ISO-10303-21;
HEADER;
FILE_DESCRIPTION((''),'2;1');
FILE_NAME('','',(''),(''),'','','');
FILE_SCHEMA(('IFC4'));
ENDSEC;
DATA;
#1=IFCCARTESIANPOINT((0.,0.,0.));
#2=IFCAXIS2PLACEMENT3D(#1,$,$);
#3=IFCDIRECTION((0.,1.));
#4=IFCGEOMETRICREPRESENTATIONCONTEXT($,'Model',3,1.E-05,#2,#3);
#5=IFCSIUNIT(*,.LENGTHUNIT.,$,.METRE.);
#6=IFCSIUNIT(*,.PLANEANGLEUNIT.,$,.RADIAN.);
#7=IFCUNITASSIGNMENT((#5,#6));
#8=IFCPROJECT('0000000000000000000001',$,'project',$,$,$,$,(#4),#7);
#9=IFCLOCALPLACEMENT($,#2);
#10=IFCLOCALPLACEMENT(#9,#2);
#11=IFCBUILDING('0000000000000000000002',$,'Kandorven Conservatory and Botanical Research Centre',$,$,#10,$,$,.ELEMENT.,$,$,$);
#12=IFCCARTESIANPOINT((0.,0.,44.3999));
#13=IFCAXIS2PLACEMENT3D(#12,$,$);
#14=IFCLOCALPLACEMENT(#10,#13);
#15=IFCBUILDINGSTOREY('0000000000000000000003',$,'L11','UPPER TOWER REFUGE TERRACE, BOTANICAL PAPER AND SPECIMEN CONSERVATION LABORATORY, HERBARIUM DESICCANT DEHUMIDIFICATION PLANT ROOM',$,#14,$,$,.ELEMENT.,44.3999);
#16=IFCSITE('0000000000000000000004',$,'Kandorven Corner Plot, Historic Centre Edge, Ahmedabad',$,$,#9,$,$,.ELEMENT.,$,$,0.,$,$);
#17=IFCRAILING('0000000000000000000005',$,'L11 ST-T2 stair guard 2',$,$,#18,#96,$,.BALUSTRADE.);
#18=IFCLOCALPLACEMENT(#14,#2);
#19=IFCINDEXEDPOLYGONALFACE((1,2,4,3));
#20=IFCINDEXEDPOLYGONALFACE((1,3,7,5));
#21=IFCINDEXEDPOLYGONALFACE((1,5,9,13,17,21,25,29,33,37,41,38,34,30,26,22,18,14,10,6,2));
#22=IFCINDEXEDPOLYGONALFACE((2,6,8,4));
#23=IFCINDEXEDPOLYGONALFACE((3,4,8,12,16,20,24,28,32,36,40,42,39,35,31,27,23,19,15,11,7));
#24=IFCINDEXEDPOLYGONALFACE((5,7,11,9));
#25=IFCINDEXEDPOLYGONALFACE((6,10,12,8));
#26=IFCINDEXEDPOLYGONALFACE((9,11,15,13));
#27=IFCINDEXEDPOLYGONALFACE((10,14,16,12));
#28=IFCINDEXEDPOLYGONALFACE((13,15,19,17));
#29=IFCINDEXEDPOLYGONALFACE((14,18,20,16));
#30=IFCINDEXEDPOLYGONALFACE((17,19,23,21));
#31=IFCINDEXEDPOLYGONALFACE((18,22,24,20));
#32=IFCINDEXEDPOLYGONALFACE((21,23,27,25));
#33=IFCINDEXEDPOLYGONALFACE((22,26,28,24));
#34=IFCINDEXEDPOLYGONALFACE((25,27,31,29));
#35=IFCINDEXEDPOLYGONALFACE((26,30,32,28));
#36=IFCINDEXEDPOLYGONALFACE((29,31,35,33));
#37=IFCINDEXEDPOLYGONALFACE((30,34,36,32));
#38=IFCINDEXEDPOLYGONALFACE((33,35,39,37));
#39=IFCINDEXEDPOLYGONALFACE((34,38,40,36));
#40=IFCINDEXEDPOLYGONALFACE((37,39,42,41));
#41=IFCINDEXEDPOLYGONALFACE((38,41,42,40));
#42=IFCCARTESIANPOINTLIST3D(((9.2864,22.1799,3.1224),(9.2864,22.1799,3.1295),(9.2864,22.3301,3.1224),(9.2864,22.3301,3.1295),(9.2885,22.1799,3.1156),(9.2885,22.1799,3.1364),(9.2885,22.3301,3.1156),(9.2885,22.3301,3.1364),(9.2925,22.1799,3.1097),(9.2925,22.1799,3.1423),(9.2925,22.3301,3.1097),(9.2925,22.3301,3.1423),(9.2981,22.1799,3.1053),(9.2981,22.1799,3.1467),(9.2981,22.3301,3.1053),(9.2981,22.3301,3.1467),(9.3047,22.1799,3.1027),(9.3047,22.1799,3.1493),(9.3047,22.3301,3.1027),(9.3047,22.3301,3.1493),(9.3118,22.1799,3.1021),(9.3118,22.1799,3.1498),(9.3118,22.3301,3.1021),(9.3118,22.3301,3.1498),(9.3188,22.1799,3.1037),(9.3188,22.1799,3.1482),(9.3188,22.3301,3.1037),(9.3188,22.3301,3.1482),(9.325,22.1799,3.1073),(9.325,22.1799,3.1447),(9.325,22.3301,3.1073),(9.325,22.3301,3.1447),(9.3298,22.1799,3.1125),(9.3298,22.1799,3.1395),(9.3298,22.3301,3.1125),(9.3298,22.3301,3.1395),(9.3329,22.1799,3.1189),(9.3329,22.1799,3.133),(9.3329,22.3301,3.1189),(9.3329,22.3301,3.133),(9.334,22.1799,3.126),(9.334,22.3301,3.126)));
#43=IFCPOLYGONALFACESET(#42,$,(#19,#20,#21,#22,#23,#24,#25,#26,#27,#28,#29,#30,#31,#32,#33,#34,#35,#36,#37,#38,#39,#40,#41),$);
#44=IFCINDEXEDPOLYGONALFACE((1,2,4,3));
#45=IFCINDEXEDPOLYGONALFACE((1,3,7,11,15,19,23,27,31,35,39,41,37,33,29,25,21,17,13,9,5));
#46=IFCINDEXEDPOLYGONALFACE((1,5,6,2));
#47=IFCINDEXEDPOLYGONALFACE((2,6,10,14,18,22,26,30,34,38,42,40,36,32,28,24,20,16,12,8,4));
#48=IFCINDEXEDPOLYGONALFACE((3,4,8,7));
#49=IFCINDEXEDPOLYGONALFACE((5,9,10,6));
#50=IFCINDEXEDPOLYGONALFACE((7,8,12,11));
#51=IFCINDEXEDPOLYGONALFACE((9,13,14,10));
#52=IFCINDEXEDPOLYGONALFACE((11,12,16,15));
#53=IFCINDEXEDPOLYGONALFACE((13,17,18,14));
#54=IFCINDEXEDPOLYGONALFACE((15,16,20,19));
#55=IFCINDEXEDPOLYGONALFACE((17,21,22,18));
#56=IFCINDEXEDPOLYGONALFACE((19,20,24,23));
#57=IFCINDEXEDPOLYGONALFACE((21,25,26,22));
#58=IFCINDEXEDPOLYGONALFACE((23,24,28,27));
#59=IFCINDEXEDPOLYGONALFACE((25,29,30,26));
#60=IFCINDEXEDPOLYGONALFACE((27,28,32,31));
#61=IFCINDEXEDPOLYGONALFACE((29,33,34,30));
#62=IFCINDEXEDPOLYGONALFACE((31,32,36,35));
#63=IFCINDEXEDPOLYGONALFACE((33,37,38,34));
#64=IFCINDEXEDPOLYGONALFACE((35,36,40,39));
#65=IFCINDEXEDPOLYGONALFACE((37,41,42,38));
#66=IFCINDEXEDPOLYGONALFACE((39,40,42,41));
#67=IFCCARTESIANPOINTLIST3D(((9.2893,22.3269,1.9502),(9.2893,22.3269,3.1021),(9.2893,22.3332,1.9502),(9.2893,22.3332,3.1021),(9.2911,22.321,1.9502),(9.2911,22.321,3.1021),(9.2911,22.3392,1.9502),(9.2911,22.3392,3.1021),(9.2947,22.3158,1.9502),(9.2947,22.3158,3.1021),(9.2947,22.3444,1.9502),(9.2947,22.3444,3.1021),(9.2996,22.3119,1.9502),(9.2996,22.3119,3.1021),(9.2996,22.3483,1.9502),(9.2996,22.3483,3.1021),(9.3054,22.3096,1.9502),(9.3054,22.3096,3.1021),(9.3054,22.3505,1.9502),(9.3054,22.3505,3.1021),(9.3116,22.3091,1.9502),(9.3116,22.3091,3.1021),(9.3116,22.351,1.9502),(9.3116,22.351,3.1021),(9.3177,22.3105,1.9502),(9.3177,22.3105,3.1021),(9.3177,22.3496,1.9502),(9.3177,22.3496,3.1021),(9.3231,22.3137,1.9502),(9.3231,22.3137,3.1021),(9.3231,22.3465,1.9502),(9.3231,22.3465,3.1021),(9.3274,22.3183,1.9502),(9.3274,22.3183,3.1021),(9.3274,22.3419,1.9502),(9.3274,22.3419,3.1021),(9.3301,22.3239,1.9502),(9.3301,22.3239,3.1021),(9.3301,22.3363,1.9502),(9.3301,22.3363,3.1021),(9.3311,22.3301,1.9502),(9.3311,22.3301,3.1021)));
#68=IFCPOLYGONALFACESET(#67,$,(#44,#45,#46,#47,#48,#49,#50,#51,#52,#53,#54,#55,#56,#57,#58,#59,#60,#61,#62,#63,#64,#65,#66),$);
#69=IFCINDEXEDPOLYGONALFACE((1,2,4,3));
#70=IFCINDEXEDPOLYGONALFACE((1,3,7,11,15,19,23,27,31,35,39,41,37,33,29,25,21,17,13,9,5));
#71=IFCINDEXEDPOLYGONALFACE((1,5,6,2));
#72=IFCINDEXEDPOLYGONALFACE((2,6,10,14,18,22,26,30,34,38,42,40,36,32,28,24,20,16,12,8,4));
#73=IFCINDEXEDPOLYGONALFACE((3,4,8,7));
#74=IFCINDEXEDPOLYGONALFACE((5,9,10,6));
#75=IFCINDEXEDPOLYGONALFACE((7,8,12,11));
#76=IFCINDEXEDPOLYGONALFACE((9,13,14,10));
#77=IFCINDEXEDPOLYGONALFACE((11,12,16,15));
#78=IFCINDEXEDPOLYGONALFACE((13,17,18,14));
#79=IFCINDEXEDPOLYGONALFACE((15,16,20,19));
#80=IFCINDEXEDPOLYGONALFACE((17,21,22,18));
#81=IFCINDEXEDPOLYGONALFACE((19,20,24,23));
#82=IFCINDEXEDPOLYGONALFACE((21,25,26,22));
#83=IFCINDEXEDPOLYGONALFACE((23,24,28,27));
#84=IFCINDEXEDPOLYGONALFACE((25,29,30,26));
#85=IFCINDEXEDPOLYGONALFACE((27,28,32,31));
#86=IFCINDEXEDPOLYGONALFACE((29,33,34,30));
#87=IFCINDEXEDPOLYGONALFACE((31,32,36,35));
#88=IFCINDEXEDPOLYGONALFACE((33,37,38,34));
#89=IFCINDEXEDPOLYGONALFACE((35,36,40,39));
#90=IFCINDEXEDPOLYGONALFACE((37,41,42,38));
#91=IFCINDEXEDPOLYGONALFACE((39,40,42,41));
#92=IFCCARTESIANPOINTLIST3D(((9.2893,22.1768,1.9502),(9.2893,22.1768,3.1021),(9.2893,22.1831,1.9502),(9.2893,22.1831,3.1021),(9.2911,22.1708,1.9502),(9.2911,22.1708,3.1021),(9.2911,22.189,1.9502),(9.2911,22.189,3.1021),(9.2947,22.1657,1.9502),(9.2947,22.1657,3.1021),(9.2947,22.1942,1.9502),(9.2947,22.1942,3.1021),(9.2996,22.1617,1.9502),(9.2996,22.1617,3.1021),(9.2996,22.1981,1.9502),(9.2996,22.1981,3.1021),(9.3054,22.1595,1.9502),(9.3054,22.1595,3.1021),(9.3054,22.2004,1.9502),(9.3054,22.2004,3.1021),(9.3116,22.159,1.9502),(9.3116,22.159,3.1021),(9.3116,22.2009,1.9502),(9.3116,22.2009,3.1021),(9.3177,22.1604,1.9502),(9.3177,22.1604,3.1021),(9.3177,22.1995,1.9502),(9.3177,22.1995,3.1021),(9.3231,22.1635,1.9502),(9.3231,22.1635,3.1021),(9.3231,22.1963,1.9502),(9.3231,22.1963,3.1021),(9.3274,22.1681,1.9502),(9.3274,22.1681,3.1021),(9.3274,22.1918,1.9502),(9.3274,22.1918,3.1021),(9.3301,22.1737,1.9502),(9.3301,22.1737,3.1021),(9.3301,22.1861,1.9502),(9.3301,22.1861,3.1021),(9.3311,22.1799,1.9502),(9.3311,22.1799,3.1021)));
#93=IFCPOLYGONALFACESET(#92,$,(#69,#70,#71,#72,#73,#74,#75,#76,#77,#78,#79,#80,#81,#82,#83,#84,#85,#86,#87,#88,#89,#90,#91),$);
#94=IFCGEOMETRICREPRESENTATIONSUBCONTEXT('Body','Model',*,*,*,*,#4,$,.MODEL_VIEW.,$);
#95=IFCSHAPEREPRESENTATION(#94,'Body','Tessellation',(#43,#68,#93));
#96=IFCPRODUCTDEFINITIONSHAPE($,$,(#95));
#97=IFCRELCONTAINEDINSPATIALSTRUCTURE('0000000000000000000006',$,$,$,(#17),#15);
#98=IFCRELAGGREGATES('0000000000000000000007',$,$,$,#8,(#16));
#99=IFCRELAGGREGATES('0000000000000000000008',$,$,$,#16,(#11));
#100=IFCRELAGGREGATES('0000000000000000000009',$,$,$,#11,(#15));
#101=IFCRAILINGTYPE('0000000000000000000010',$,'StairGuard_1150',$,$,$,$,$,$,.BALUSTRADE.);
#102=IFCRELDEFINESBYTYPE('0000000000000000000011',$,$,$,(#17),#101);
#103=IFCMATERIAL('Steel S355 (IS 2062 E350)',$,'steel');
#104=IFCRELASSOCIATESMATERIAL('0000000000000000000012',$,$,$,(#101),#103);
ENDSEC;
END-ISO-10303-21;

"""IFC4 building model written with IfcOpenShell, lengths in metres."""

from ifc_helpers import new_model, si_unit, direction, frame, origin, origin_2d, place, context, subcontext, project, spatial, circle, extrude, material, type_object, element, save


model = new_model("IFC4")

# Units and contexts
model_context = context("Model", 3, precision=1e-05, world=origin(), true_north=direction((0.0, 1.0)))
body_context = subcontext(model_context, "Body", "Model", "MODEL_VIEW")
ifc_project = project(units=[si_unit("LENGTHUNIT", "METRE"), si_unit("PLANEANGLEUNIT", "RADIAN")], contexts=[model_context])

# Site, building, storey
site_placement = place(None, origin())
site = spatial("IfcSite", under=ifc_project, at=site_placement, Name="Kandorven Corner Plot, Historic Centre Edge, Ahmedabad", CompositionType="ELEMENT", RefElevation=0.0)
building_placement = place(site_placement, origin())
building = spatial("IfcBuilding", under=site, at=building_placement, Name="Kandorven Conservatory and Botanical Research Centre", CompositionType="ELEMENT")
storey_placement = place(building_placement, frame((0.0, 0.0, 44.3999)))
storey = spatial("IfcBuildingStorey", under=building, at=storey_placement, Name="L11", Description="UPPER TOWER REFUGE TERRACE, BOTANICAL PAPER AND SPECIMEN CONSERVATION LABORATORY, HERBARIUM DESICCANT DEHUMIDIFICATION PLANT ROOM", CompositionType="ELEMENT", Elevation=44.3999)

# Railing
ifc_material_1 = material(Name="Steel S355 (IS 2062 E350)", Category="steel")
railing_type_1 = type_object("IfcRailingType", Name="StairGuard_1150", PredefinedType="BALUSTRADE", material=ifc_material_1)
railing_1_placement = place(storey_placement, frame((9.3101, 22.3301, 1.9502)))
element("IfcRailing", 1, at=railing_1_placement, inside=storey, type_object=railing_type_1, Name="L11 ST-T2 stair guard 2", PredefinedType="BALUSTRADE", context=body_context, shape_type="SweptSolid", body=[
    extrude(circle(Radius=0.0239, at=origin_2d()), frame((0.0, 0.0, 1.1758), z_axis=(0.0, -1.0, 0.0), x_axis=(1.0, 0.0, 0.0)), (0.0, 0.0, 1.0), 0.1501),
    extrude(circle(Radius=0.021, at=origin_2d()), origin(), (0.0, 0.0, 1.0), 1.1519),
    extrude(circle(Radius=0.021, at=origin_2d()), frame((0.0, -0.1501, 0.0)), (0.0, 0.0, 1.0), 1.1519),
])

save(model, "model.ifc")
